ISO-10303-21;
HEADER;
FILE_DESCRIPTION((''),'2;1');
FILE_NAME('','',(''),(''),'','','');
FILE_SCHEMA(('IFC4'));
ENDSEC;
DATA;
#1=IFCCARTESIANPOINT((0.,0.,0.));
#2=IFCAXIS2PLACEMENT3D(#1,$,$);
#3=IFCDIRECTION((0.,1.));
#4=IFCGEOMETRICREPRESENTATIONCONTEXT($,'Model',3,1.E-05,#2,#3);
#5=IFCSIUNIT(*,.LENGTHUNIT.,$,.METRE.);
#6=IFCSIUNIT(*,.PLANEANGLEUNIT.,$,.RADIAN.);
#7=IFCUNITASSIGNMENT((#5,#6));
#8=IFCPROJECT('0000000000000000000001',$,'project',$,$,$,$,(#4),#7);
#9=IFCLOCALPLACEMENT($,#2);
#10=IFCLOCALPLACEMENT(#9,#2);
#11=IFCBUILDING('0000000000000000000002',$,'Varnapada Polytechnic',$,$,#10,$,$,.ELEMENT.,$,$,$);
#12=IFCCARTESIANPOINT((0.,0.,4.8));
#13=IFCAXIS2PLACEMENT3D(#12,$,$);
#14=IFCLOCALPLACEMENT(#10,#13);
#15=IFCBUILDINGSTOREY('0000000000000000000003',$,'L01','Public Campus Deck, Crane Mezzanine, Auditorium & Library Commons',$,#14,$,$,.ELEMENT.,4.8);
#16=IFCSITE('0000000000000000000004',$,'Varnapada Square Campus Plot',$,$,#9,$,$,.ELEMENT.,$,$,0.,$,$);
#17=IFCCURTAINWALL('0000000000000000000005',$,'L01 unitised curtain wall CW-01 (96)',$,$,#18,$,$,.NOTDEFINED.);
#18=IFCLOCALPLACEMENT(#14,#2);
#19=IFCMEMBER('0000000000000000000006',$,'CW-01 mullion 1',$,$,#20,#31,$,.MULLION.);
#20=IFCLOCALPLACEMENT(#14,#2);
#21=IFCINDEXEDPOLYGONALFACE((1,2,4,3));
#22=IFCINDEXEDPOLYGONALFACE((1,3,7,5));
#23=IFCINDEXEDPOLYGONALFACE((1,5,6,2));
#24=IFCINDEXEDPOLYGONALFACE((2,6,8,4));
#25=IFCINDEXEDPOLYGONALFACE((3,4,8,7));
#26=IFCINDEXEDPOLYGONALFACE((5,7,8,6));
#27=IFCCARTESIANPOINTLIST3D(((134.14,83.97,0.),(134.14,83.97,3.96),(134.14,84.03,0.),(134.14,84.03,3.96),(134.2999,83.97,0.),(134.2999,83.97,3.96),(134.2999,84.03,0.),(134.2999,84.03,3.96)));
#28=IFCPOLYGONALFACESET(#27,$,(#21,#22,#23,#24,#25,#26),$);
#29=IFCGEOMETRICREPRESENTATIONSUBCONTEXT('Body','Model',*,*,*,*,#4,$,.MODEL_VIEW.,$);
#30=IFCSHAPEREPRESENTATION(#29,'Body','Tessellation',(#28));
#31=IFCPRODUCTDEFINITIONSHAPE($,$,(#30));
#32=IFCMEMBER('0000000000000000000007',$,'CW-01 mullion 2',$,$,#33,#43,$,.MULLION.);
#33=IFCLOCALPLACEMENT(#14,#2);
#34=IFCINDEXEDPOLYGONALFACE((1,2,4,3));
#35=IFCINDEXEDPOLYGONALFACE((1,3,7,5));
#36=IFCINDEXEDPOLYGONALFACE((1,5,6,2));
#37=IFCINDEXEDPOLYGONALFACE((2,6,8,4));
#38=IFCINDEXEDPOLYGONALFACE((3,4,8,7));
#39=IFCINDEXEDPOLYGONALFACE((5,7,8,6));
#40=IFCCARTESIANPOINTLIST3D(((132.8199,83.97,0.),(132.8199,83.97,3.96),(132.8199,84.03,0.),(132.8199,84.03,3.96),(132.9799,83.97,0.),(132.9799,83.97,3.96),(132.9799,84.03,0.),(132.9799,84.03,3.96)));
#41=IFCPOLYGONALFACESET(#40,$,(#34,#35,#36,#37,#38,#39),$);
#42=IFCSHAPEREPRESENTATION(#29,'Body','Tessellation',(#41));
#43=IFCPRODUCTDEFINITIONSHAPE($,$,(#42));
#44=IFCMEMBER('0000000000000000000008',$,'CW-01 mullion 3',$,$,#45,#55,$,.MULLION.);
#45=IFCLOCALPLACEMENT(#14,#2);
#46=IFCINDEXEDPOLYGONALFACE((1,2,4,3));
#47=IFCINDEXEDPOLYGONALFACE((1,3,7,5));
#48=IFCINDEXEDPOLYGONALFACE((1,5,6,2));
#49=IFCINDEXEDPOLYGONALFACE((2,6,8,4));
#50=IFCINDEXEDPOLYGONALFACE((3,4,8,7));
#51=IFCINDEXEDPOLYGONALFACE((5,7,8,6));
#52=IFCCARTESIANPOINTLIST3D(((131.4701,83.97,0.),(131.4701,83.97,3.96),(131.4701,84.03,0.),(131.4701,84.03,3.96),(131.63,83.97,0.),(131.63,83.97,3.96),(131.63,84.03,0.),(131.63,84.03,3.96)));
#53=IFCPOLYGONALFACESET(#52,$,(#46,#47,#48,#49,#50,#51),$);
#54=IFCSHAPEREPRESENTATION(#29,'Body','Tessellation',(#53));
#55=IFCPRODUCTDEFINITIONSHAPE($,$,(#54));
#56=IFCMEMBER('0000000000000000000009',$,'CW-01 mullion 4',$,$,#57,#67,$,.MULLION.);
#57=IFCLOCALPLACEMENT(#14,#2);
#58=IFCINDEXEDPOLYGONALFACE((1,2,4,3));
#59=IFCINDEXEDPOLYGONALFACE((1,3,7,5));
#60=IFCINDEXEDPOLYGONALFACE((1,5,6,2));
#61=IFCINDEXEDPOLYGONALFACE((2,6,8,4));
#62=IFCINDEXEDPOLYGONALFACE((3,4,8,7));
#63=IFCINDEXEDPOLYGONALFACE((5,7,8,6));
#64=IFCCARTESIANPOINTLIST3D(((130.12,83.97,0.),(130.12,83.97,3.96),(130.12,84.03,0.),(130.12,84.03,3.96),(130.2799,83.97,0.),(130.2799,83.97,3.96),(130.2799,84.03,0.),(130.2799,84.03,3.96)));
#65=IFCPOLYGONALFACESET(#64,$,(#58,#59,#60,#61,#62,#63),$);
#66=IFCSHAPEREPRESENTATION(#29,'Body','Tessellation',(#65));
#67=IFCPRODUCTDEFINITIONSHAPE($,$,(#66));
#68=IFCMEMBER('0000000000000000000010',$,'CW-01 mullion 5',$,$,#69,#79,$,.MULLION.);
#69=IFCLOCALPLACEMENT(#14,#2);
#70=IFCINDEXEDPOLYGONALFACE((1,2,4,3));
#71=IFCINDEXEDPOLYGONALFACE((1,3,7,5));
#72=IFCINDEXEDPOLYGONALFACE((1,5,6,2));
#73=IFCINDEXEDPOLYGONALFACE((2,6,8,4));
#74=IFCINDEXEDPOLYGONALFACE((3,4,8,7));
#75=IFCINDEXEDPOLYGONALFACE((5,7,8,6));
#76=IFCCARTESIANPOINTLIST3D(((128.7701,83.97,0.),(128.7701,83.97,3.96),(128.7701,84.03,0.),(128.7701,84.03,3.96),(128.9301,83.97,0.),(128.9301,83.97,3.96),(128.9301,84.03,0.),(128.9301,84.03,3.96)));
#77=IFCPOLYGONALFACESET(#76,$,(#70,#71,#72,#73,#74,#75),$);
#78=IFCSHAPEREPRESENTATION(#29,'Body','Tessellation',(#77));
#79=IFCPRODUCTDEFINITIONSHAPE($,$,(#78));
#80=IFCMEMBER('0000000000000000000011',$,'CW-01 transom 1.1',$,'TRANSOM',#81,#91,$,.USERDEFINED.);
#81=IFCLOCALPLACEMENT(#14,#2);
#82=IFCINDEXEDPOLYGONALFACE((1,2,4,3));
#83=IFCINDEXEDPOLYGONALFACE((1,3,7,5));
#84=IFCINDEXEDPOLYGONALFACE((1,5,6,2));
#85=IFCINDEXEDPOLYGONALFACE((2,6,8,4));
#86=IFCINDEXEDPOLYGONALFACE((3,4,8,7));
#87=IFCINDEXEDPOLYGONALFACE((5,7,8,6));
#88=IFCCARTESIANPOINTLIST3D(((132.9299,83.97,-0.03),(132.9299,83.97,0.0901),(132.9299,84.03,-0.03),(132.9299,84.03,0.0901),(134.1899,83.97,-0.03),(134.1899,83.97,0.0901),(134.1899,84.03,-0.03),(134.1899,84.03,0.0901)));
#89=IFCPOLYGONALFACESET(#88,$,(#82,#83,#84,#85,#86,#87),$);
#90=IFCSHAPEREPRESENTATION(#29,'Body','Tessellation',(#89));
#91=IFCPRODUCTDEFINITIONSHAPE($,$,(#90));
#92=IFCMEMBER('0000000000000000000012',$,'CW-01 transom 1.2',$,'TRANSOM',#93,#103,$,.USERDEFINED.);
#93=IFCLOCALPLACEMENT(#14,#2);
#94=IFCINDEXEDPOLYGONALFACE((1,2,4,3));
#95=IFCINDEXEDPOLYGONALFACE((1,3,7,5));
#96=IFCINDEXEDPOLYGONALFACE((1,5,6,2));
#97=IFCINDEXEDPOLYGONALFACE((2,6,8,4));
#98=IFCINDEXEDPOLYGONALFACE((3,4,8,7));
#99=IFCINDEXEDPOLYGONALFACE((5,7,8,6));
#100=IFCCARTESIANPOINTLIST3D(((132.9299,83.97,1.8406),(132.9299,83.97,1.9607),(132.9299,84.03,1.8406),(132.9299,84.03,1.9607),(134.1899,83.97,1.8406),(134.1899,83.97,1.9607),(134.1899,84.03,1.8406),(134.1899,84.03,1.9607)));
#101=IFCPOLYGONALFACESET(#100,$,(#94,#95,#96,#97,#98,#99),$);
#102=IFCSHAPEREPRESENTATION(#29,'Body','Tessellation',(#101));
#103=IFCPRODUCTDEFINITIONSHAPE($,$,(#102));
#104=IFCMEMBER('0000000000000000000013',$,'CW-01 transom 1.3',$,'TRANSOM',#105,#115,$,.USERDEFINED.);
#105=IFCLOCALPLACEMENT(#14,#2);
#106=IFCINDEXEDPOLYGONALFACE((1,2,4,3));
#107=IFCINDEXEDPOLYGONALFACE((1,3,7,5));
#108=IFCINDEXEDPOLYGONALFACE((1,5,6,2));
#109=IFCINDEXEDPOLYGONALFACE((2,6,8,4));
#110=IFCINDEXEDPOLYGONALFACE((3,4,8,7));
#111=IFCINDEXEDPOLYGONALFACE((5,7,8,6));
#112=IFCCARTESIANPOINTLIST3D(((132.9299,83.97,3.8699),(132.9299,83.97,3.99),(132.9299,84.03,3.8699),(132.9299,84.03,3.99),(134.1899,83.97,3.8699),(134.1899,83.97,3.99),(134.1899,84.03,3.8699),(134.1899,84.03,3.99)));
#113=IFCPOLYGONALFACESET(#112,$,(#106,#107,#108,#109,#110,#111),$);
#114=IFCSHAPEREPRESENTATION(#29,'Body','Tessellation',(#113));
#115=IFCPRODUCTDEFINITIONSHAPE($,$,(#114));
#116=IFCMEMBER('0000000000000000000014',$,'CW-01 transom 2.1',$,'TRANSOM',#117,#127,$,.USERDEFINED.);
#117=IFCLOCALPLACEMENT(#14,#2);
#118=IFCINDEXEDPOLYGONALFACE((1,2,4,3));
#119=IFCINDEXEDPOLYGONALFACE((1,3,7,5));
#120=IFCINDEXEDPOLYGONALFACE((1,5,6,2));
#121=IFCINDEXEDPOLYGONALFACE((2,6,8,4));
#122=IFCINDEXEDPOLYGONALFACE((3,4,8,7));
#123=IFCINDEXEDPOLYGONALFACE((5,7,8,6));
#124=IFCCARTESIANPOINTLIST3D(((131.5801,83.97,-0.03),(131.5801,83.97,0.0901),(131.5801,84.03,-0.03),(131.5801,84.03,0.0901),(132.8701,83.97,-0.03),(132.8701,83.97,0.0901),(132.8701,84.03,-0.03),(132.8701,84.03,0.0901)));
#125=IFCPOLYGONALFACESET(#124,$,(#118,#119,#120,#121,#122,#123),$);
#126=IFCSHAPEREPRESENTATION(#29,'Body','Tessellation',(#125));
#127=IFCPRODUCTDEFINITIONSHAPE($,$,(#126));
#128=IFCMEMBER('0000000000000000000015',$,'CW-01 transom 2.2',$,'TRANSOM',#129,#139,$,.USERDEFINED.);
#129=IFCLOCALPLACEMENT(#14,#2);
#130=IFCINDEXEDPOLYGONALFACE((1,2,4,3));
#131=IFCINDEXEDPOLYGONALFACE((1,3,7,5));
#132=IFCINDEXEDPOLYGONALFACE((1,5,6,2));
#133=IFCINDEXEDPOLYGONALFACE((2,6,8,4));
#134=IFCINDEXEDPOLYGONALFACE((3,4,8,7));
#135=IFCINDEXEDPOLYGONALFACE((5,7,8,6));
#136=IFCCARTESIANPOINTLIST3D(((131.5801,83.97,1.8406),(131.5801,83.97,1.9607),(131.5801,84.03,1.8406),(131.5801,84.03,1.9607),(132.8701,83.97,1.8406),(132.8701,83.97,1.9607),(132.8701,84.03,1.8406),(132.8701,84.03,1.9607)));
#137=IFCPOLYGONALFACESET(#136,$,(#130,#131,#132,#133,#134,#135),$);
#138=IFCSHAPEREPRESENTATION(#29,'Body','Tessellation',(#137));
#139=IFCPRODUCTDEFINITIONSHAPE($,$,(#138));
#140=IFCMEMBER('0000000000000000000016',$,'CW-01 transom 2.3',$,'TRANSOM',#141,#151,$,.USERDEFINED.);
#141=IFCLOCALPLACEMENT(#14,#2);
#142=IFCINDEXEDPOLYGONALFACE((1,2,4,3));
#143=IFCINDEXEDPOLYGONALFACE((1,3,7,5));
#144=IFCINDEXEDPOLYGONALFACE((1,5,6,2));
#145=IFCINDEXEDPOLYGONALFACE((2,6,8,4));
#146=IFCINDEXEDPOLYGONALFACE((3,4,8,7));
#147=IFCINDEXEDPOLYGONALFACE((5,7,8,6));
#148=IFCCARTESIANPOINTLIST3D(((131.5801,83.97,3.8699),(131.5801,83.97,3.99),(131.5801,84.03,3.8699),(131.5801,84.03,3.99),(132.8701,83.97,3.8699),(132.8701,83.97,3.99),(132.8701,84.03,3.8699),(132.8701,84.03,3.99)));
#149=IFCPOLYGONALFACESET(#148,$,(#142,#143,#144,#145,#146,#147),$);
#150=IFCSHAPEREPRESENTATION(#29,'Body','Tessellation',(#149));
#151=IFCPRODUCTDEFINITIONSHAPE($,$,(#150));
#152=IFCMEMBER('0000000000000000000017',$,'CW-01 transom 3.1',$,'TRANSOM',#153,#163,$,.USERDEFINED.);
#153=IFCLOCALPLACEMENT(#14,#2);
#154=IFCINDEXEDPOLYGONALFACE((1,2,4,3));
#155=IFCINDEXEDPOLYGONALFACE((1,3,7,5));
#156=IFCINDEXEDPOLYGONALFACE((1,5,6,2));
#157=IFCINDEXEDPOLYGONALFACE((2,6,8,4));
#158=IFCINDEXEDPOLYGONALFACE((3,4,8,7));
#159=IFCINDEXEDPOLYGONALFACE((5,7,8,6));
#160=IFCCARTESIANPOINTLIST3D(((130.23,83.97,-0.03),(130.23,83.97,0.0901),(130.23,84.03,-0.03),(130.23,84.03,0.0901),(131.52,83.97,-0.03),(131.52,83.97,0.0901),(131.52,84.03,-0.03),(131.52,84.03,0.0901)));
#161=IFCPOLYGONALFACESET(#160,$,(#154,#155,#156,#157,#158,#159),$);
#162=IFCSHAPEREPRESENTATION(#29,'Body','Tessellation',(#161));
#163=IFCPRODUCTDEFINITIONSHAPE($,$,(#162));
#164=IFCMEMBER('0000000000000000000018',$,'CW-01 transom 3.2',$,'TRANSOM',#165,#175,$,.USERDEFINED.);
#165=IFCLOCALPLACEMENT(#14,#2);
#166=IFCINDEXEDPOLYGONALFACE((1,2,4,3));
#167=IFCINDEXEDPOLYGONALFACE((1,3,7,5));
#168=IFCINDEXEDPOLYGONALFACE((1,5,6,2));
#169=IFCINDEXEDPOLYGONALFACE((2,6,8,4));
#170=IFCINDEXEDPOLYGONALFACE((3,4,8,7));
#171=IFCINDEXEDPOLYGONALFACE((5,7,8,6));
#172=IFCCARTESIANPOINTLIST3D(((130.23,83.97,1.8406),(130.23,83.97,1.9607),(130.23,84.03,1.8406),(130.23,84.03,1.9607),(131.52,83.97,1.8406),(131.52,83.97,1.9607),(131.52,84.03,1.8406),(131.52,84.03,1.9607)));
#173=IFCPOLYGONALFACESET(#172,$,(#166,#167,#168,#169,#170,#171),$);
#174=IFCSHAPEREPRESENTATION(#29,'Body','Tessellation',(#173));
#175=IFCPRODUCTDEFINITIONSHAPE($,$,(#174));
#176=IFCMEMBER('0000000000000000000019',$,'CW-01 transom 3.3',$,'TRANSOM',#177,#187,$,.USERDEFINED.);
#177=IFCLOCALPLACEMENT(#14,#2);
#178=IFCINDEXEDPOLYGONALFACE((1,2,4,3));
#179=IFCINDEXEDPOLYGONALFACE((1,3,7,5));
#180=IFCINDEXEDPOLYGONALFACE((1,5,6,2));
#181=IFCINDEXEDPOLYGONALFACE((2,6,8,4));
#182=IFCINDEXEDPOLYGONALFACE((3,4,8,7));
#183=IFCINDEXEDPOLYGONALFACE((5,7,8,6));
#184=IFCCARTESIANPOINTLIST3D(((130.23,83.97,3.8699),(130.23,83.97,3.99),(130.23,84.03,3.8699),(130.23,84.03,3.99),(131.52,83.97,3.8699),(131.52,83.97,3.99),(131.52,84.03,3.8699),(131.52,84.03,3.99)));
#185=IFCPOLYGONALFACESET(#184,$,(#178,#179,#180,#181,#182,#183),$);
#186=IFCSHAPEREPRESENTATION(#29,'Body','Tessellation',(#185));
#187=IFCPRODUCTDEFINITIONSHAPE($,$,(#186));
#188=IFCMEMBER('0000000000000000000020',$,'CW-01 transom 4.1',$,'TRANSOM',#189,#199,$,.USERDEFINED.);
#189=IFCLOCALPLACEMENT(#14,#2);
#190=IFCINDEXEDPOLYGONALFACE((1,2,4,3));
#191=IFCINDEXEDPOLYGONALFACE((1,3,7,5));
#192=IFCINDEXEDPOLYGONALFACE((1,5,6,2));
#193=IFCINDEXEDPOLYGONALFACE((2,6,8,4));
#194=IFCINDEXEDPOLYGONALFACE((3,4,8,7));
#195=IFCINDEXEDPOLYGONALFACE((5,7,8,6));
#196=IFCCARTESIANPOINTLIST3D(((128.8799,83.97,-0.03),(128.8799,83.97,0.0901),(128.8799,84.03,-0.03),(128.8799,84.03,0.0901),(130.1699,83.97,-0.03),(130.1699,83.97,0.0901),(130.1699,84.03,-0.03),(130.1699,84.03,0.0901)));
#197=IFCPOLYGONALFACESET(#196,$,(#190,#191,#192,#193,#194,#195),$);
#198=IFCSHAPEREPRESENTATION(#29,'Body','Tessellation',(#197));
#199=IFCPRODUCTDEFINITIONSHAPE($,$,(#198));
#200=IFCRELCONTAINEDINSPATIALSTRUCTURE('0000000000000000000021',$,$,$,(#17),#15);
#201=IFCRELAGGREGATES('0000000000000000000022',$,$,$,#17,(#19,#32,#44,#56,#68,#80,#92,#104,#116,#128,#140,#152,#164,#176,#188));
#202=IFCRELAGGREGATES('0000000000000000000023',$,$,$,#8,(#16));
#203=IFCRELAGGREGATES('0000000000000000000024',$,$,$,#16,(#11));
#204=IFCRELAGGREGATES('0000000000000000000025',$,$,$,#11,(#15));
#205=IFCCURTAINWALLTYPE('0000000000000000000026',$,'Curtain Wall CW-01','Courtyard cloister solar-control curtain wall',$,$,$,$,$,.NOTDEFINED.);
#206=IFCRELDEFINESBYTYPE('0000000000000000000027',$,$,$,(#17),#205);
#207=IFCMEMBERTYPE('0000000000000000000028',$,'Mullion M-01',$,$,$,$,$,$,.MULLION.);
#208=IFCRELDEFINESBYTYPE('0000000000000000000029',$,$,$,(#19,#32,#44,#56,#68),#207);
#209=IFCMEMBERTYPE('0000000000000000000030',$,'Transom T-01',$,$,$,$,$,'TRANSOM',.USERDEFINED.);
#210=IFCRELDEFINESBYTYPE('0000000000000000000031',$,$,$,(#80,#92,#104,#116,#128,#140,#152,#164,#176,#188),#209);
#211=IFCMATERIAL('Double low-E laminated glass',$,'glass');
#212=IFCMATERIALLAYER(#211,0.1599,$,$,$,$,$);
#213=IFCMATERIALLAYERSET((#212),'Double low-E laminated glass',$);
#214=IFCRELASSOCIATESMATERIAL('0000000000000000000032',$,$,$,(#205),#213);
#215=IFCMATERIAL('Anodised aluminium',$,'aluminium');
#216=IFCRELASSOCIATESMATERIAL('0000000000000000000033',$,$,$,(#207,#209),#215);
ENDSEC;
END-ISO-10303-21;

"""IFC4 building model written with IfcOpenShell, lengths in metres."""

from ifc_helpers import new_model, si_unit, direction, frame, origin, origin_2d, place, context, subcontext, project, spatial, rectangle, extrude, material, layer, layer_set, material_profile, profile_set, type_object, element, aggregate, save


model = new_model("IFC4")

# Units and contexts
model_context = context("Model", 3, precision=1e-05, world=origin(), true_north=direction((0.0, 1.0)))
body_context = subcontext(model_context, "Body", "Model", "MODEL_VIEW")
ifc_project = project(units=[si_unit("LENGTHUNIT", "METRE"), si_unit("PLANEANGLEUNIT", "RADIAN")], contexts=[model_context])

# Site, building, storey
site_placement = place(None, origin())
site = spatial("IfcSite", under=ifc_project, at=site_placement, Name="Varnapada Square Campus Plot", CompositionType="ELEMENT", RefElevation=0.0)
building_placement = place(site_placement, origin())
building = spatial("IfcBuilding", under=site, at=building_placement, Name="Varnapada Polytechnic", CompositionType="ELEMENT")
storey_placement = place(building_placement, frame((0.0, 0.0, 4.8)))
storey = spatial("IfcBuildingStorey", under=building, at=storey_placement, Name="L01", Description="Public Campus Deck, Crane Mezzanine, Auditorium & Library Commons", CompositionType="ELEMENT", Elevation=4.8)

# Curtain wall, members
ifc_material_1 = material(Name="Double low-E laminated glass", Category="glass")
ifc_layer_1 = layer(ifc_material_1, 0.1599)
ifc_layer_set_1 = layer_set([ifc_layer_1], Name="Double low-E laminated glass")
curtain_wall_type = type_object("IfcCurtainWallType", Name="Curtain Wall CW-01", Description="Courtyard cloister solar-control curtain wall", PredefinedType="NOTDEFINED", material=ifc_layer_set_1)
curtain_wall_placement = place(storey_placement, origin())
curtain_wall = element("IfcCurtainWall", 1, at=curtain_wall_placement, inside=storey, type_object=curtain_wall_type, Name="L01 unitised curtain wall CW-01 (96)", PredefinedType="NOTDEFINED")
ifc_material_2 = material(Name="Anodised aluminium", Category="aluminium")
ifc_material_profile_1 = material_profile(ifc_material_2, rectangle(XDim=0.0601, YDim=0.1599, at=origin_2d()), Name="ALU M60x160")
ifc_profile_set_1 = profile_set([ifc_material_profile_1], Name="Anodised aluminium")
member_type_1 = type_object("IfcMemberType", Name="Mullion M-01", PredefinedType="MULLION", material=ifc_profile_set_1)
member_1_placement = place(storey_placement, frame((134.22, 84.0, 0.0), z_axis=(0.0, 0.0, 1.0), x_axis=(0.0, -1.0, 0.0)))
member_1 = element("IfcMember", 2, at=member_1_placement, type_object=member_type_1, Name="CW-01 mullion 1", PredefinedType="MULLION", context=body_context, shape_type="SweptSolid", body=[
    extrude(rectangle(XDim=0.0601, YDim=0.1599, at=origin_2d()), origin(), (0.0, 0.0, 1.0), 3.96),
])
member_2_placement = place(storey_placement, frame((132.8999, 84.0, 0.0), z_axis=(0.0, 0.0, 1.0), x_axis=(0.0, -1.0, 0.0)))
member_2 = element("IfcMember", 3, at=member_2_placement, type_object=member_type_1, Name="CW-01 mullion 2", PredefinedType="MULLION", context=body_context, shape_type="SweptSolid", body=[
    extrude(rectangle(XDim=0.0601, YDim=0.1599, at=origin_2d()), origin(), (0.0, 0.0, 1.0), 3.96),
])
member_3_placement = place(storey_placement, frame((131.55, 84.0, 0.0), z_axis=(0.0, 0.0, 1.0), x_axis=(0.0, -1.0, 0.0)))
member_3 = element("IfcMember", 4, at=member_3_placement, type_object=member_type_1, Name="CW-01 mullion 3", PredefinedType="MULLION", context=body_context, shape_type="SweptSolid", body=[
    extrude(rectangle(XDim=0.0601, YDim=0.1599, at=origin_2d()), origin(), (0.0, 0.0, 1.0), 3.96),
])
member_4_placement = place(storey_placement, frame((130.2, 84.0, 0.0), z_axis=(0.0, 0.0, 1.0), x_axis=(0.0, -1.0, 0.0)))
member_4 = element("IfcMember", 5, at=member_4_placement, type_object=member_type_1, Name="CW-01 mullion 4", PredefinedType="MULLION", context=body_context, shape_type="SweptSolid", body=[
    extrude(rectangle(XDim=0.0601, YDim=0.1599, at=origin_2d()), origin(), (0.0, 0.0, 1.0), 3.96),
])
member_5_placement = place(storey_placement, frame((128.8501, 84.0, 0.0), z_axis=(0.0, 0.0, 1.0), x_axis=(0.0, -1.0, 0.0)))
member_5 = element("IfcMember", 6, at=member_5_placement, type_object=member_type_1, Name="CW-01 mullion 5", PredefinedType="MULLION", context=body_context, shape_type="SweptSolid", body=[
    extrude(rectangle(XDim=0.0601, YDim=0.1599, at=origin_2d()), origin(), (0.0, 0.0, 1.0), 3.96),
])
ifc_material_profile_2 = material_profile(ifc_material_2, rectangle(XDim=0.0601, YDim=0.1201, at=origin_2d()), Name="ALU T60x120")
ifc_profile_set_2 = profile_set([ifc_material_profile_2], Name="Anodised aluminium")
member_type_2 = type_object("IfcMemberType", Name="Transom T-01", ElementType="TRANSOM", PredefinedType="USERDEFINED", material=ifc_profile_set_2)
member_6_placement = place(storey_placement, frame((134.1899, 84.0, 0.03), z_axis=(-1.0, 0.0, 0.0), x_axis=(0.0, -1.0, 0.0)))
member_6 = element("IfcMember", 7, at=member_6_placement, type_object=member_type_2, Name="CW-01 transom 1.1", ObjectType="TRANSOM", PredefinedType="USERDEFINED", context=body_context, shape_type="SweptSolid", body=[
    extrude(rectangle(XDim=0.0601, YDim=0.1201, at=origin_2d()), origin(), (0.0, 0.0, 1.0), 1.26),
])
member_7_placement = place(storey_placement, frame((134.1899, 84.0, 1.9006), z_axis=(-1.0, 0.0, 0.0), x_axis=(0.0, -1.0, 0.0)))
member_7 = element("IfcMember", 8, at=member_7_placement, type_object=member_type_2, Name="CW-01 transom 1.2", ObjectType="TRANSOM", PredefinedType="USERDEFINED", context=body_context, shape_type="SweptSolid", body=[
    extrude(rectangle(XDim=0.0601, YDim=0.1201, at=origin_2d()), origin(), (0.0, 0.0, 1.0), 1.26),
])
member_8_placement = place(storey_placement, frame((134.1899, 84.0, 3.9299), z_axis=(-1.0, 0.0, 0.0), x_axis=(0.0, -1.0, 0.0)))
member_8 = element("IfcMember", 9, at=member_8_placement, type_object=member_type_2, Name="CW-01 transom 1.3", ObjectType="TRANSOM", PredefinedType="USERDEFINED", context=body_context, shape_type="SweptSolid", body=[
    extrude(rectangle(XDim=0.0601, YDim=0.1201, at=origin_2d()), origin(), (0.0, 0.0, 1.0), 1.26),
])
member_9_placement = place(storey_placement, frame((132.8701, 84.0, 0.03), z_axis=(-1.0, 0.0, 0.0), x_axis=(0.0, -1.0, 0.0)))
member_9 = element("IfcMember", 10, at=member_9_placement, type_object=member_type_2, Name="CW-01 transom 2.1", ObjectType="TRANSOM", PredefinedType="USERDEFINED", context=body_context, shape_type="SweptSolid", body=[
    extrude(rectangle(XDim=0.0601, YDim=0.1201, at=origin_2d()), origin(), (0.0, 0.0, 1.0), 1.29),
])
member_10_placement = place(storey_placement, frame((132.8701, 84.0, 1.9006), z_axis=(-1.0, 0.0, 0.0), x_axis=(0.0, -1.0, 0.0)))
member_10 = element("IfcMember", 11, at=member_10_placement, type_object=member_type_2, Name="CW-01 transom 2.2", ObjectType="TRANSOM", PredefinedType="USERDEFINED", context=body_context, shape_type="SweptSolid", body=[
    extrude(rectangle(XDim=0.0601, YDim=0.1201, at=origin_2d()), origin(), (0.0, 0.0, 1.0), 1.29),
])
member_11_placement = place(storey_placement, frame((132.8701, 84.0, 3.9299), z_axis=(-1.0, 0.0, 0.0), x_axis=(0.0, -1.0, 0.0)))
member_11 = element("IfcMember", 12, at=member_11_placement, type_object=member_type_2, Name="CW-01 transom 2.3", ObjectType="TRANSOM", PredefinedType="USERDEFINED", context=body_context, shape_type="SweptSolid", body=[
    extrude(rectangle(XDim=0.0601, YDim=0.1201, at=origin_2d()), origin(), (0.0, 0.0, 1.0), 1.29),
])
member_12_placement = place(storey_placement, frame((131.52, 84.0, 0.03), z_axis=(-1.0, 0.0, 0.0), x_axis=(0.0, -1.0, 0.0)))
member_12 = element("IfcMember", 13, at=member_12_placement, type_object=member_type_2, Name="CW-01 transom 3.1", ObjectType="TRANSOM", PredefinedType="USERDEFINED", context=body_context, shape_type="SweptSolid", body=[
    extrude(rectangle(XDim=0.0601, YDim=0.1201, at=origin_2d()), origin(), (0.0, 0.0, 1.0), 1.29),
])
member_13_placement = place(storey_placement, frame((131.52, 84.0, 1.9006), z_axis=(-1.0, 0.0, 0.0), x_axis=(0.0, -1.0, 0.0)))
member_13 = element("IfcMember", 14, at=member_13_placement, type_object=member_type_2, Name="CW-01 transom 3.2", ObjectType="TRANSOM", PredefinedType="USERDEFINED", context=body_context, shape_type="SweptSolid", body=[
    extrude(rectangle(XDim=0.0601, YDim=0.1201, at=origin_2d()), origin(), (0.0, 0.0, 1.0), 1.29),
])
member_14_placement = place(storey_placement, frame((131.52, 84.0, 3.9299), z_axis=(-1.0, 0.0, 0.0), x_axis=(0.0, -1.0, 0.0)))
member_14 = element("IfcMember", 15, at=member_14_placement, type_object=member_type_2, Name="CW-01 transom 3.3", ObjectType="TRANSOM", PredefinedType="USERDEFINED", context=body_context, shape_type="SweptSolid", body=[
    extrude(rectangle(XDim=0.0601, YDim=0.1201, at=origin_2d()), origin(), (0.0, 0.0, 1.0), 1.29),
])
member_15_placement = place(storey_placement, frame((130.1699, 84.0, 0.03), z_axis=(-1.0, 0.0, 0.0), x_axis=(0.0, -1.0, 0.0)))
member_15 = element("IfcMember", 16, at=member_15_placement, type_object=member_type_2, Name="CW-01 transom 4.1", ObjectType="TRANSOM", PredefinedType="USERDEFINED", context=body_context, shape_type="SweptSolid", body=[
    extrude(rectangle(XDim=0.0601, YDim=0.1201, at=origin_2d()), origin(), (0.0, 0.0, 1.0), 1.29),
])
aggregate(curtain_wall, [member_1, member_2, member_3, member_4, member_5, member_6, member_7, member_8, member_9, member_10, member_11, member_12, member_13, member_14, member_15])

save(model, "model.ifc")
